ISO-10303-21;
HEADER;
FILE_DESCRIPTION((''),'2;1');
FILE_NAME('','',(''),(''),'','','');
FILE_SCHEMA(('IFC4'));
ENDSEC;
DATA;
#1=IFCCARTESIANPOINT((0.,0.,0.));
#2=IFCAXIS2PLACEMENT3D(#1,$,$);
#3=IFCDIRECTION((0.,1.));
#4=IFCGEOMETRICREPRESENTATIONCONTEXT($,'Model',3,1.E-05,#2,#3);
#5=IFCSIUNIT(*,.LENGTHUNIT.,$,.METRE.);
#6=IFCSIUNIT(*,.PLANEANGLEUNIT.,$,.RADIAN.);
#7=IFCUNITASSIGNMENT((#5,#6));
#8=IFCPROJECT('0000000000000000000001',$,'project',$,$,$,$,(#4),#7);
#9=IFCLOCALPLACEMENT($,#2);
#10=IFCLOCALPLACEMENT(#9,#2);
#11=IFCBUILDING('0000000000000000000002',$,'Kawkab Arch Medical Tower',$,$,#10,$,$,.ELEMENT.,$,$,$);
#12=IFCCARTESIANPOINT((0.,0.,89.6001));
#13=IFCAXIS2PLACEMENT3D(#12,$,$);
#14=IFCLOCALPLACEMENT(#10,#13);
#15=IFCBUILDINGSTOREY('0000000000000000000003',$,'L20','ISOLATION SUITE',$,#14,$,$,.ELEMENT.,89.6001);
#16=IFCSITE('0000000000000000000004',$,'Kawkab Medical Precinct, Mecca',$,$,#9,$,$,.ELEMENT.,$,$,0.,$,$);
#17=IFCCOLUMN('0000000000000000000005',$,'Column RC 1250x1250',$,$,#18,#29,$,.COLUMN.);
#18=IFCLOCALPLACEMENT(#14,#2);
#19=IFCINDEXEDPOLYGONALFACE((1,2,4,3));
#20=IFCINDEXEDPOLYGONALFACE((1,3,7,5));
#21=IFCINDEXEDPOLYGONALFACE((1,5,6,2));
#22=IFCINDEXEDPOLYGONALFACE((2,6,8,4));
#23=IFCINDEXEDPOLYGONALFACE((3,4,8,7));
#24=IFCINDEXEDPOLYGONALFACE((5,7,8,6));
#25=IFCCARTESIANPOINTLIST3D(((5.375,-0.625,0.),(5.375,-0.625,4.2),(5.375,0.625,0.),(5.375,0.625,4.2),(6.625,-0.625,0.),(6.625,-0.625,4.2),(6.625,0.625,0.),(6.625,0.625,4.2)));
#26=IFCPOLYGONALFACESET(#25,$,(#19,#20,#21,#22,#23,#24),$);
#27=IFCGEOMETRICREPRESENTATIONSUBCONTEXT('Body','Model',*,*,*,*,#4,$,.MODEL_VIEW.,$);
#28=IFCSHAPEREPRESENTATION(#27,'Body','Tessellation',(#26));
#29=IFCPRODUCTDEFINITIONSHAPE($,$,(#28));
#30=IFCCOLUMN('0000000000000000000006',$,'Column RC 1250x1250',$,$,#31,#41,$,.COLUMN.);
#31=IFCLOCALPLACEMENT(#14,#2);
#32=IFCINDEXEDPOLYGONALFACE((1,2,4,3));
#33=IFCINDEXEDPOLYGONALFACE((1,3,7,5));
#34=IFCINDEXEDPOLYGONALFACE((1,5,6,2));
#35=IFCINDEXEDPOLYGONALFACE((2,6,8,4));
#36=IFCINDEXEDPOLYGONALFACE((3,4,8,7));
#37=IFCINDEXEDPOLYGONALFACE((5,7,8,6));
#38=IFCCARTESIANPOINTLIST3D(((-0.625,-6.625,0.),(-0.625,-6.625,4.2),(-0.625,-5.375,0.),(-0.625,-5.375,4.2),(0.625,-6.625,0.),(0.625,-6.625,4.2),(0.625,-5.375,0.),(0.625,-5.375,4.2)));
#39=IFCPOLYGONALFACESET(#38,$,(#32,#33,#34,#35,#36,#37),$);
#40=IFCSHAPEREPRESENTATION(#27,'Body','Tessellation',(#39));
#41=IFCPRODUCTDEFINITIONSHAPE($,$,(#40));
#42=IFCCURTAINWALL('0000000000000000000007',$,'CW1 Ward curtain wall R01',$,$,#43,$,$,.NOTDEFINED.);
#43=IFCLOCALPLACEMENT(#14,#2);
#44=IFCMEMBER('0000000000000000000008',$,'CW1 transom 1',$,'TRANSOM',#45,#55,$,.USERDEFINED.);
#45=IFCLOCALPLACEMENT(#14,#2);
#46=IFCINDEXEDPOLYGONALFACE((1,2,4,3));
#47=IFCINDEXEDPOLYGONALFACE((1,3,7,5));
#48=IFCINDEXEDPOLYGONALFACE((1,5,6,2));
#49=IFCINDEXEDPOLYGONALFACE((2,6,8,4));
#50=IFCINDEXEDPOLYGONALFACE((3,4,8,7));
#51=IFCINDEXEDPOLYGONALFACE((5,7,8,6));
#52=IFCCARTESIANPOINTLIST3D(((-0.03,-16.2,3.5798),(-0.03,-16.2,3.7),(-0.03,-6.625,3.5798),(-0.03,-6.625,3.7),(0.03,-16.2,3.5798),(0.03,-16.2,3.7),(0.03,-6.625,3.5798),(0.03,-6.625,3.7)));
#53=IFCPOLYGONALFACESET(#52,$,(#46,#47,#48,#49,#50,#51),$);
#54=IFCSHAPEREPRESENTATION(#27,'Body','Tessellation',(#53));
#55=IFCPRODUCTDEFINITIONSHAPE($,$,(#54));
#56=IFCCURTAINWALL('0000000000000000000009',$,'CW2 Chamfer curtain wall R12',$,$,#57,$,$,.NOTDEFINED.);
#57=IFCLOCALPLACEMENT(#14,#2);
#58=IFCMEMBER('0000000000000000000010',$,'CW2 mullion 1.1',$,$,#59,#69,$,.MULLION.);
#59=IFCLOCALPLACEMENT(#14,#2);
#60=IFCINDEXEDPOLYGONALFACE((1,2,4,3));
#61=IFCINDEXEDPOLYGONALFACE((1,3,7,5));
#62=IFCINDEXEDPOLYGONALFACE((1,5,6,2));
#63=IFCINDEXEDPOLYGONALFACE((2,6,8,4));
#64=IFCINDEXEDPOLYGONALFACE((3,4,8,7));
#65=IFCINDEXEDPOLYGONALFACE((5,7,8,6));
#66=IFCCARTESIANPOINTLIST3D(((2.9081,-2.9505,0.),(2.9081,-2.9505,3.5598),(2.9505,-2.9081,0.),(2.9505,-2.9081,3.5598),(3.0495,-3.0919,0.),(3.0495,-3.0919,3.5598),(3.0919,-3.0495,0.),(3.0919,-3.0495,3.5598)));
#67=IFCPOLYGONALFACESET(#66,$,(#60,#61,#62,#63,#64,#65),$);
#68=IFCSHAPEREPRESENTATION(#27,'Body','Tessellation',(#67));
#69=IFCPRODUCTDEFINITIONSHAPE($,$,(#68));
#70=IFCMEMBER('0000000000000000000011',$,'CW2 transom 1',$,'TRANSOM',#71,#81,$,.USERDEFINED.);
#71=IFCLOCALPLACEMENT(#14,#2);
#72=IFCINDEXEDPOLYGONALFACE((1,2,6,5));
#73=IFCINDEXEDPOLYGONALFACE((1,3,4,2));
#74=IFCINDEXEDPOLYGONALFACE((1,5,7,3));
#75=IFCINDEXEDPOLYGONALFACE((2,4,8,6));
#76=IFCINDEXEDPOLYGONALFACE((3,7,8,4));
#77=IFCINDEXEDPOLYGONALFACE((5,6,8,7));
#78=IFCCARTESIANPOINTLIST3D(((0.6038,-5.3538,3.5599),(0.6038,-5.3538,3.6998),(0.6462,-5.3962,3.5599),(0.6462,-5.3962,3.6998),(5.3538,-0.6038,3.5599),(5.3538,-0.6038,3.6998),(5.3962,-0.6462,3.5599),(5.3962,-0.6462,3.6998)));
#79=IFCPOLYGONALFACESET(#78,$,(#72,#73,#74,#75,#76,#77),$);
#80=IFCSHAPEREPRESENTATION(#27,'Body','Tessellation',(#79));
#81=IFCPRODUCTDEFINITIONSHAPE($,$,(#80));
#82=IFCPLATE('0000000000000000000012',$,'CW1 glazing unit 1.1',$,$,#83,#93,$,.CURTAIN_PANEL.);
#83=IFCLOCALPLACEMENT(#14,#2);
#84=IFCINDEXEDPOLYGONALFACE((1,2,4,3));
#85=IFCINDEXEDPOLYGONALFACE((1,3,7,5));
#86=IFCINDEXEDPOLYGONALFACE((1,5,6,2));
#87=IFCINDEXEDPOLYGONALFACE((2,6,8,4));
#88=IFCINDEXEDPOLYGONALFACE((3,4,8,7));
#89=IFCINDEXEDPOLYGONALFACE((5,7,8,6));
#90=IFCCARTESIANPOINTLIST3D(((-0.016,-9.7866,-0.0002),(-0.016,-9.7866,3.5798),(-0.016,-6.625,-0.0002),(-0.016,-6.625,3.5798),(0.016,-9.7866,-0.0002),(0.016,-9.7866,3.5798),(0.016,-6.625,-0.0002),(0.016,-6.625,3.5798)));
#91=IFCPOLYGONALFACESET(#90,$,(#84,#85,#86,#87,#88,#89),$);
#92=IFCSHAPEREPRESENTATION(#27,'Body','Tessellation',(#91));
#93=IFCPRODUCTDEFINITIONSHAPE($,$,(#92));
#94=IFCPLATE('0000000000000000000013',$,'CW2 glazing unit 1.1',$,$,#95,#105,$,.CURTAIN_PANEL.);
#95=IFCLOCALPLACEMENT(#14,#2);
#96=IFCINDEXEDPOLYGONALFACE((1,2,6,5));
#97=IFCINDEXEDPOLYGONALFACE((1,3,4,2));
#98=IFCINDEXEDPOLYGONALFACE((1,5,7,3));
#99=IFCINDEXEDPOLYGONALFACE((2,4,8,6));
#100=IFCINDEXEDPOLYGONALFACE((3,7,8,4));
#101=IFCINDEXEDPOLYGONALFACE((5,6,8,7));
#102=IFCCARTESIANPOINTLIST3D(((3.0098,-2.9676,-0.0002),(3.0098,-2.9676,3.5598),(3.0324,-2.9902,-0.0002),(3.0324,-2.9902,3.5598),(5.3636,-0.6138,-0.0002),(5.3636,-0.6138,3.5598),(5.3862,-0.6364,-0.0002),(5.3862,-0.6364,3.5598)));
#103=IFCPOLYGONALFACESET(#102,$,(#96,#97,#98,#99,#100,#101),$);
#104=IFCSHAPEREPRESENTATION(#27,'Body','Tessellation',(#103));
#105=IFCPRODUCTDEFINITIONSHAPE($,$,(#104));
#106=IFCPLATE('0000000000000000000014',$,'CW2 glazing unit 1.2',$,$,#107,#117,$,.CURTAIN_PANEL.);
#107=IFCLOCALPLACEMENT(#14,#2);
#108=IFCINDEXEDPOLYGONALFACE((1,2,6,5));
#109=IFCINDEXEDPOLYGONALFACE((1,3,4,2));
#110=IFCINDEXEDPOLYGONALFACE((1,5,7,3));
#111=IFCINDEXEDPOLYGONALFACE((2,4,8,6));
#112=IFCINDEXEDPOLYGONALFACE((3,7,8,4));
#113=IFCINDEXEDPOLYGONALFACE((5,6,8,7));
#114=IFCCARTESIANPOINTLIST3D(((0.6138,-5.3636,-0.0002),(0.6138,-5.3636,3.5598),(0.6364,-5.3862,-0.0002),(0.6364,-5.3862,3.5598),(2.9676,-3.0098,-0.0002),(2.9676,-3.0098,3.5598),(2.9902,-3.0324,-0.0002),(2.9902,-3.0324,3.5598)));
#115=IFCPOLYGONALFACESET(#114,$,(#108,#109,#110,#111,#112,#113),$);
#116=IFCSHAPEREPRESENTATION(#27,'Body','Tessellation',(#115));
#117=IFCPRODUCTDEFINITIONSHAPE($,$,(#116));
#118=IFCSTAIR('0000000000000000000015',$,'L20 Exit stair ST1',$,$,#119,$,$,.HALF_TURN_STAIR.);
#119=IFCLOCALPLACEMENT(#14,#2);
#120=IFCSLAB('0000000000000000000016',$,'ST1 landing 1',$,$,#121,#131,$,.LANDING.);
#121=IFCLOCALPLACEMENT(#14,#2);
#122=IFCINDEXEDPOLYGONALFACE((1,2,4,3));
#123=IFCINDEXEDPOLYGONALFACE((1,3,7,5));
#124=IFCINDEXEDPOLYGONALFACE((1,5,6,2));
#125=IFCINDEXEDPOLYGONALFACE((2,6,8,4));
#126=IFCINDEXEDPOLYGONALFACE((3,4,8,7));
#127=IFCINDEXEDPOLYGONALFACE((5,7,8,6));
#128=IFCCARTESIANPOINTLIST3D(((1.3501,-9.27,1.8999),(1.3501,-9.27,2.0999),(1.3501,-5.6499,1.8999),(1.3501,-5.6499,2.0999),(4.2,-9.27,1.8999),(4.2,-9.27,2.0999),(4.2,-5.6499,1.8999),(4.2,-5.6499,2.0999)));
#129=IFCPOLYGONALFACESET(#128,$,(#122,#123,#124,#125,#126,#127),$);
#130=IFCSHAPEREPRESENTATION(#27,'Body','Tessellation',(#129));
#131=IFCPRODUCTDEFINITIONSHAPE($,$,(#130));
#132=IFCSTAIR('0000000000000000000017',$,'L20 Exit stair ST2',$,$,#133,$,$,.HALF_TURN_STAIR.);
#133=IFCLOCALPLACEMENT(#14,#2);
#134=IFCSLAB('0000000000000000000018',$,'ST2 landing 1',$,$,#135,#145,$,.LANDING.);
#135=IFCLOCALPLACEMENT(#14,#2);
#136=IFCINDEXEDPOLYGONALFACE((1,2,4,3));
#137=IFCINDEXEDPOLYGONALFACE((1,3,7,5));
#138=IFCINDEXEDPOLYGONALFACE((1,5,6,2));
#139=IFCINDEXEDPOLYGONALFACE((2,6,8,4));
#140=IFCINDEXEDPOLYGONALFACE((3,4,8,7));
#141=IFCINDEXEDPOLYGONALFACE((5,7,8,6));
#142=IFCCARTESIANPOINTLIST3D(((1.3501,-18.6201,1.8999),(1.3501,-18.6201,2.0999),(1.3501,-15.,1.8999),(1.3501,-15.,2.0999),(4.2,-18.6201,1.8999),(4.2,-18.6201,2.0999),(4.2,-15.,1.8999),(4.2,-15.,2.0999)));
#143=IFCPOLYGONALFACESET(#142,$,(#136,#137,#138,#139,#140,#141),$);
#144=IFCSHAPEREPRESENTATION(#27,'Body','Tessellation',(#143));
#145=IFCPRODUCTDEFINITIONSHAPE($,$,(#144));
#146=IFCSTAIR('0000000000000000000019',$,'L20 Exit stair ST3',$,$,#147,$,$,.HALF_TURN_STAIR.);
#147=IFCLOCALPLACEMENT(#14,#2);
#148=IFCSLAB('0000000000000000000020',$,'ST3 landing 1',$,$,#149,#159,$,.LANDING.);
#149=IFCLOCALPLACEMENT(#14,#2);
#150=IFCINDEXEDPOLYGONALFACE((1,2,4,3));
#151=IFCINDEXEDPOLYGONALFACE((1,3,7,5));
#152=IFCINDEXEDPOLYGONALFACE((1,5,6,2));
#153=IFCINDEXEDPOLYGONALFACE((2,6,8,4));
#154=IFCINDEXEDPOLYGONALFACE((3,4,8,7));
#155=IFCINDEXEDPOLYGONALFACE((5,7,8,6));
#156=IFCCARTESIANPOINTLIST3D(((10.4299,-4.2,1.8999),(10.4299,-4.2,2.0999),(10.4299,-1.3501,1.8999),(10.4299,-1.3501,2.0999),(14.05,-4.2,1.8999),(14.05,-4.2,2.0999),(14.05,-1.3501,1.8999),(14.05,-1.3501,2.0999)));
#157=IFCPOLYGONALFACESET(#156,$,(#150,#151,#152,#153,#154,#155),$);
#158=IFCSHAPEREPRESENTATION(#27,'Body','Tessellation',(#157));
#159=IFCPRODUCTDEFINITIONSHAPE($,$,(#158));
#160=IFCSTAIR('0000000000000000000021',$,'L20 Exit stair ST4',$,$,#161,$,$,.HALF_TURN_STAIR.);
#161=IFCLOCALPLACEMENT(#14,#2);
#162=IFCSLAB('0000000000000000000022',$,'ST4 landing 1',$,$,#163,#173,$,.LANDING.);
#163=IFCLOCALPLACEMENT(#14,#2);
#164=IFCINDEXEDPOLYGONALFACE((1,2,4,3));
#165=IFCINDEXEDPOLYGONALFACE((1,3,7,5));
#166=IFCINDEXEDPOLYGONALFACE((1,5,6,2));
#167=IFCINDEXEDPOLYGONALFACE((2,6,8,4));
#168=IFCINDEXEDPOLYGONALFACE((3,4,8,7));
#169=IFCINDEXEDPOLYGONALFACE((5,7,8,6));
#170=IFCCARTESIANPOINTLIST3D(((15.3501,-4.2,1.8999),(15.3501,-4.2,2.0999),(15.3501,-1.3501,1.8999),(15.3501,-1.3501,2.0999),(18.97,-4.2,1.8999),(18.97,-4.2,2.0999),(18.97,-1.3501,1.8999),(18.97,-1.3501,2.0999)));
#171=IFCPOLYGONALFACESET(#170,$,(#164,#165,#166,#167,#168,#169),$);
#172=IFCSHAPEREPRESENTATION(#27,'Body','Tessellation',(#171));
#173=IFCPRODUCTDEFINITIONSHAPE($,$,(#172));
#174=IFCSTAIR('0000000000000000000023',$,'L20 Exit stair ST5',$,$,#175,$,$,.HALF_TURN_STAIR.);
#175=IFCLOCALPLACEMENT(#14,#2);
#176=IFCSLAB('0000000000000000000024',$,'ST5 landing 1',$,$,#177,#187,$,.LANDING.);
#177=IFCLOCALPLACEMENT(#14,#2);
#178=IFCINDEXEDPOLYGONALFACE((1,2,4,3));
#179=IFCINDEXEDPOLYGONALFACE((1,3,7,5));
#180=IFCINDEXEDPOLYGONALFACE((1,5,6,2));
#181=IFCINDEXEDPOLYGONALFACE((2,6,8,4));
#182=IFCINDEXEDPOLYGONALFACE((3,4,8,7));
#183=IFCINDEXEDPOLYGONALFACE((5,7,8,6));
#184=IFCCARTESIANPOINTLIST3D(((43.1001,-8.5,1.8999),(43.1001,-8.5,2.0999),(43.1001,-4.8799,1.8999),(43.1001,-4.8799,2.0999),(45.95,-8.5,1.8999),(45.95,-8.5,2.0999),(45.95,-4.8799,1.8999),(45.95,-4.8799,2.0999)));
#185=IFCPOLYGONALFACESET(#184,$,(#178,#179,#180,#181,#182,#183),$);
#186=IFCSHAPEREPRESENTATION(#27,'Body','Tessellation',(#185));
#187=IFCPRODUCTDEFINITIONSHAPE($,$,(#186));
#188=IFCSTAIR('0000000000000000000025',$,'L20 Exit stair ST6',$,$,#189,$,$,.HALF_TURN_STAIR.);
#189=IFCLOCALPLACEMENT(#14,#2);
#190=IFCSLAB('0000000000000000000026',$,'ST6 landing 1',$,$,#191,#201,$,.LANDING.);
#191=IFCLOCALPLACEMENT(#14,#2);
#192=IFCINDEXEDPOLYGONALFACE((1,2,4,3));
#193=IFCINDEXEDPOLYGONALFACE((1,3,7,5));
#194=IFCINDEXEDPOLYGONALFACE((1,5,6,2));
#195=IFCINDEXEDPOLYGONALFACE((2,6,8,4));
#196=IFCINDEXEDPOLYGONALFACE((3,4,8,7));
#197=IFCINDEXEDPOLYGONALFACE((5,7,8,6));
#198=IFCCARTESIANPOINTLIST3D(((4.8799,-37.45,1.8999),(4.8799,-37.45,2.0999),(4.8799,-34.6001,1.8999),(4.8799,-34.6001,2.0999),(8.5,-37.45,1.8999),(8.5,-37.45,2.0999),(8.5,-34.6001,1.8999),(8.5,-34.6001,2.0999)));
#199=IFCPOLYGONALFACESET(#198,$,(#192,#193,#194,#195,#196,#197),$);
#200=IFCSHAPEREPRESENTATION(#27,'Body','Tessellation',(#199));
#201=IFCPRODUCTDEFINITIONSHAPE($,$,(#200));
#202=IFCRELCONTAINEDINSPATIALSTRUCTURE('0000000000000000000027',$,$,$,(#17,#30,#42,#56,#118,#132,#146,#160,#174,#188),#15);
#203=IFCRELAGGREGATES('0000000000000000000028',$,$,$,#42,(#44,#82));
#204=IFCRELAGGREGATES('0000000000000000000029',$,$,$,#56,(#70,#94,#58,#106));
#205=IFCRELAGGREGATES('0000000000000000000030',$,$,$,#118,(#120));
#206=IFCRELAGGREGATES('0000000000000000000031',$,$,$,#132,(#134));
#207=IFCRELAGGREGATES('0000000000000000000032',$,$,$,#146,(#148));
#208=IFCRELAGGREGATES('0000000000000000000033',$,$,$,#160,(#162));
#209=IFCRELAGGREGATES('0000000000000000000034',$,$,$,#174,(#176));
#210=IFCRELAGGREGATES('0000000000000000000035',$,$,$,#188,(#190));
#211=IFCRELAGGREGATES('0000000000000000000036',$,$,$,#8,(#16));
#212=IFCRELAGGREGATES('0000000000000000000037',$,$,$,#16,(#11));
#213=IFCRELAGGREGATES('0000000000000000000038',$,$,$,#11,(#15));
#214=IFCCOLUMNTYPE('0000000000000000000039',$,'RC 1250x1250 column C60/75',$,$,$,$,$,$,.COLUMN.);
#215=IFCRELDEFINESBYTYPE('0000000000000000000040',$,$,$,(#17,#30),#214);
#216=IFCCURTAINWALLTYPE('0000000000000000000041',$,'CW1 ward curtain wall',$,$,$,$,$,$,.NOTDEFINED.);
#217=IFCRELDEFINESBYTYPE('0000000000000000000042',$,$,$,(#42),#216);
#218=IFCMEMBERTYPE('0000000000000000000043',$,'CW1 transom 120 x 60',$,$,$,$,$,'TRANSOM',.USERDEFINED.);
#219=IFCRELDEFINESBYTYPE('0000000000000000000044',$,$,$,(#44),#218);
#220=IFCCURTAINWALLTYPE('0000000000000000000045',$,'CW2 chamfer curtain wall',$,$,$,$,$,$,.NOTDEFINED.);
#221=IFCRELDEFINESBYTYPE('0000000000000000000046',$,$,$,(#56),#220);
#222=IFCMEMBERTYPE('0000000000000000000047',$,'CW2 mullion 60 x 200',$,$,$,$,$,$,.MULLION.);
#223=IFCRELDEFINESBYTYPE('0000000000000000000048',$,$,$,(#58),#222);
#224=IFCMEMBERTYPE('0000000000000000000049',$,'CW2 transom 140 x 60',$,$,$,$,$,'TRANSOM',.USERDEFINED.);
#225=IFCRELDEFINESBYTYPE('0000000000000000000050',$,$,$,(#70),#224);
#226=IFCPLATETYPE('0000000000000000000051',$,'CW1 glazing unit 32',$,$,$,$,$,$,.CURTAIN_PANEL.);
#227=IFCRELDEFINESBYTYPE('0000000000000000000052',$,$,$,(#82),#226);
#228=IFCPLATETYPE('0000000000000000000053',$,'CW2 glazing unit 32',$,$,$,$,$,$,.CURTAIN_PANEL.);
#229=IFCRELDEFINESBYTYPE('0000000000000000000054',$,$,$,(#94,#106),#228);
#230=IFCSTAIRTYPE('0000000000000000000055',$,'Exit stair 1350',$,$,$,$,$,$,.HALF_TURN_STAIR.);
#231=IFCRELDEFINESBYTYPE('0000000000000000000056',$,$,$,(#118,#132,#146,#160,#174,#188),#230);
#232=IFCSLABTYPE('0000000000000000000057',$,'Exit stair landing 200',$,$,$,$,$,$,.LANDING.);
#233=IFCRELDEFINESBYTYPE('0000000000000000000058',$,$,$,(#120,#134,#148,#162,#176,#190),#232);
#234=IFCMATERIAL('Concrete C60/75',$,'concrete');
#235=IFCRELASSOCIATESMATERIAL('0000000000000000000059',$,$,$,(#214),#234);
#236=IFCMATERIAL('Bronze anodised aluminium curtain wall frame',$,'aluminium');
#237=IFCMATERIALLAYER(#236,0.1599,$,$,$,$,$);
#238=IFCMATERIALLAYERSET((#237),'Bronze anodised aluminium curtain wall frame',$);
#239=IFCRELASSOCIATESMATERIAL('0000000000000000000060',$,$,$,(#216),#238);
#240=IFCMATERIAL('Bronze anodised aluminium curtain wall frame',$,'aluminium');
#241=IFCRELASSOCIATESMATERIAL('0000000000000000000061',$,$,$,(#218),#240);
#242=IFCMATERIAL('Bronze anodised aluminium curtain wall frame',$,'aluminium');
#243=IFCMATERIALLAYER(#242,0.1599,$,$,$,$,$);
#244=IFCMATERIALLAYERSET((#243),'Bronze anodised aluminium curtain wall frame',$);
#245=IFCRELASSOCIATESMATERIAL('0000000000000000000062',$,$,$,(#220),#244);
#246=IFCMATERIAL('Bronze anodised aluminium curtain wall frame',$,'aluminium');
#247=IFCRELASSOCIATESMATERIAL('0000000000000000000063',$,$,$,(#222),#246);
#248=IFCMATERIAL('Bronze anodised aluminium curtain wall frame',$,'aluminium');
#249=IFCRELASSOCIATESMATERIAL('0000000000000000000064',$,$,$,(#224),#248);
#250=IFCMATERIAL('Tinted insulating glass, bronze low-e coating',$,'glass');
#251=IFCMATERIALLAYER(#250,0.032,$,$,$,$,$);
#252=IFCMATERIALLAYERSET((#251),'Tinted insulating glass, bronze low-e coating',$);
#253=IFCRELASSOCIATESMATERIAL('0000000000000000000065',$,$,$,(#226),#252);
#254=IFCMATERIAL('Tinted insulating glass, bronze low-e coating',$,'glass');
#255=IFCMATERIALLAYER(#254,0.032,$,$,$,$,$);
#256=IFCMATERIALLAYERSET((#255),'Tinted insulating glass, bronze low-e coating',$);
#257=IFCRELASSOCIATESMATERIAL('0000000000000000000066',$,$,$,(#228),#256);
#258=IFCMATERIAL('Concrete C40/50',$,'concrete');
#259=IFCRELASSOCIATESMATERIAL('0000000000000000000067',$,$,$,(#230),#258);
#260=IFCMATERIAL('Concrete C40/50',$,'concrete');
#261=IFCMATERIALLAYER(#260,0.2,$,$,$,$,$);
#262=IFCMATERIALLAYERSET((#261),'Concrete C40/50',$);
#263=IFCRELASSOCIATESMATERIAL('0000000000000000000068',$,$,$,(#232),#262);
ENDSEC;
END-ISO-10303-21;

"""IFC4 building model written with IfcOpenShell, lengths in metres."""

from ifc_helpers import new_model, si_unit, direction, frame, origin, origin_2d, place, context, subcontext, project, spatial, polyline, rectangle, outline, extrude, material, layer, layer_set, material_profile, profile_set, type_object, element, aggregate, save


model = new_model("IFC4")

# Units and contexts
model_context = context("Model", 3, precision=1e-05, world=origin(), true_north=direction((0.0, 1.0)))
body_context = subcontext(model_context, "Body", "Model", "MODEL_VIEW")
ifc_project = project(units=[si_unit("LENGTHUNIT", "METRE"), si_unit("PLANEANGLEUNIT", "RADIAN")], contexts=[model_context])

# Site, building, storey
site_placement = place(None, origin())
site = spatial("IfcSite", under=ifc_project, at=site_placement, Name="Kawkab Medical Precinct, Mecca", CompositionType="ELEMENT", RefElevation=0.0)
building_placement = place(site_placement, origin())
building = spatial("IfcBuilding", under=site, at=building_placement, Name="Kawkab Arch Medical Tower", CompositionType="ELEMENT")
storey_placement = place(building_placement, frame((0.0, 0.0, 89.6001)))
storey = spatial("IfcBuildingStorey", under=building, at=storey_placement, Name="L20", Description="ISOLATION SUITE", CompositionType="ELEMENT", Elevation=89.6001)

# Columns
ifc_material_1 = material(Name="Concrete C60/75", Category="concrete")
ifc_material_profile_1 = material_profile(ifc_material_1, rectangle(XDim=1.25, YDim=1.25, at=origin_2d()), Name="RC 1250x1250")
ifc_profile_set_1 = profile_set([ifc_material_profile_1], Name="Concrete C60/75")
column_type = type_object("IfcColumnType", Name="RC 1250x1250 column C60/75", PredefinedType="COLUMN", material=ifc_profile_set_1)
for number, where, z_axis, x_axis, name in (
    (1, (6.0, 0.0, 0.0), (0.0, 0.0, 1.0), (1.0, 0.0, 0.0), "Column RC 1250x1250"),
    (2, (0.0, -6.0, 0.0), (0.0, 0.0, 1.0), (1.0, 0.0, 0.0), "Column RC 1250x1250"),
):
    element("IfcColumn", number, at=place(storey_placement, frame(where, z_axis=z_axis, x_axis=x_axis)), inside=storey, type_object=column_type, Name=name, PredefinedType="COLUMN", context=body_context, shape_type="SweptSolid", body=[
        extrude(rectangle(XDim=1.25, YDim=1.25, at=origin_2d()), origin(), (0.0, 0.0, 1.0), 4.2),
    ])

# Curtain wall, member
ifc_material_2 = material(Name="Bronze anodised aluminium curtain wall frame", Category="aluminium")
ifc_layer_1 = layer(ifc_material_2, 0.1599)
ifc_layer_set_1 = layer_set([ifc_layer_1], Name="Bronze anodised aluminium curtain wall frame")
curtain_wall_type_1 = type_object("IfcCurtainWallType", Name="CW1 ward curtain wall", PredefinedType="NOTDEFINED", material=ifc_layer_set_1)
placement_1 = place(storey_placement, origin())
curtain_wall_1 = element("IfcCurtainWall", 3, at=placement_1, inside=storey, type_object=curtain_wall_type_1, Name="CW1 Ward curtain wall R01", PredefinedType="NOTDEFINED")
ifc_material_3 = material(Name="Bronze anodised aluminium curtain wall frame", Category="aluminium")
ifc_material_profile_2 = material_profile(ifc_material_3, rectangle(XDim=0.0601, YDim=0.1201, at=origin_2d()), Name="AL 60x120")
ifc_profile_set_2 = profile_set([ifc_material_profile_2], Name="Bronze anodised aluminium curtain wall frame")
member_type_1 = type_object("IfcMemberType", Name="CW1 transom 120 x 60", ElementType="TRANSOM", PredefinedType="USERDEFINED", material=ifc_profile_set_2)
member_1_placement = place(storey_placement, frame((0.0, -6.625, 3.6399), z_axis=(0.0, -1.0, 0.0), x_axis=(1.0, 0.0, 0.0)))
member_1 = element("IfcMember", 4, at=member_1_placement, type_object=member_type_1, Name="CW1 transom 1", ObjectType="TRANSOM", PredefinedType="USERDEFINED", context=body_context, shape_type="SweptSolid", body=[
    extrude(rectangle(XDim=0.0601, YDim=0.1201, at=origin_2d()), origin(), (0.0, 0.0, 1.0), 9.575),
])

# Curtain wall, members
ifc_material_4 = material(Name="Bronze anodised aluminium curtain wall frame", Category="aluminium")
ifc_layer_2 = layer(ifc_material_4, 0.1599)
ifc_layer_set_2 = layer_set([ifc_layer_2], Name="Bronze anodised aluminium curtain wall frame")
curtain_wall_type_2 = type_object("IfcCurtainWallType", Name="CW2 chamfer curtain wall", PredefinedType="NOTDEFINED", material=ifc_layer_set_2)
curtain_wall_2 = element("IfcCurtainWall", 5, at=placement_1, inside=storey, type_object=curtain_wall_type_2, Name="CW2 Chamfer curtain wall R12", PredefinedType="NOTDEFINED")
ifc_material_5 = material(Name="Bronze anodised aluminium curtain wall frame", Category="aluminium")
ifc_material_profile_3 = material_profile(ifc_material_5, rectangle(XDim=0.2, YDim=0.0601, at=origin_2d()), Name="AL 60x200")
ifc_profile_set_3 = profile_set([ifc_material_profile_3], Name="Bronze anodised aluminium curtain wall frame")
member_type_2 = type_object("IfcMemberType", Name="CW2 mullion 60 x 200", PredefinedType="MULLION", material=ifc_profile_set_3)
member_2_placement = place(storey_placement, frame((3.0, -3.0, 0.0), z_axis=(0.0, 0.0, 1.0), x_axis=(0.707107, -0.707107, 0.0)))
member_2 = element("IfcMember", 6, at=member_2_placement, type_object=member_type_2, Name="CW2 mullion 1.1", PredefinedType="MULLION", context=body_context, shape_type="SweptSolid", body=[
    extrude(rectangle(XDim=0.2, YDim=0.0601, at=origin_2d()), origin(), (0.0, 0.0, 1.0), 3.5598),
])
ifc_material_6 = material(Name="Bronze anodised aluminium curtain wall frame", Category="aluminium")
ifc_material_profile_4 = material_profile(ifc_material_6, rectangle(XDim=0.0601, YDim=0.1399, at=origin_2d()), Name="AL 60x140")
ifc_profile_set_4 = profile_set([ifc_material_profile_4], Name="Bronze anodised aluminium curtain wall frame")
member_type_3 = type_object("IfcMemberType", Name="CW2 transom 140 x 60", ElementType="TRANSOM", PredefinedType="USERDEFINED", material=ifc_profile_set_4)
member_3_placement = place(storey_placement, frame((5.375, -0.625, 3.6299), z_axis=(-0.707107, -0.707107, 0.0), x_axis=(0.707107, -0.707107, 0.0)))
member_3 = element("IfcMember", 7, at=member_3_placement, type_object=member_type_3, Name="CW2 transom 1", ObjectType="TRANSOM", PredefinedType="USERDEFINED", context=body_context, shape_type="SweptSolid", body=[
    extrude(rectangle(XDim=0.0601, YDim=0.1399, at=origin_2d()), origin(), (0.0, 0.0, 1.0), 6.7175),
])

# Plates
ifc_material_7 = material(Name="Tinted insulating glass, bronze low-e coating", Category="glass")
ifc_layer_3 = layer(ifc_material_7, 0.032)
ifc_layer_set_3 = layer_set([ifc_layer_3], Name="Tinted insulating glass, bronze low-e coating")
plate_type_1 = type_object("IfcPlateType", Name="CW1 glazing unit 32", PredefinedType="CURTAIN_PANEL", material=ifc_layer_set_3)
plate_1_placement = place(storey_placement, frame((0.0, -8.2058, -0.0002), z_axis=(0.0, 0.0, 1.0), x_axis=(0.0, -1.0, 0.0)))
plate_1 = element("IfcPlate", 8, at=plate_1_placement, type_object=plate_type_1, Name="CW1 glazing unit 1.1", PredefinedType="CURTAIN_PANEL", context=body_context, shape_type="SweptSolid", body=[
    extrude(rectangle(XDim=3.1616, YDim=0.032, at=origin_2d()), origin(), (0.0, 0.0, 1.0), 3.5801),
])
aggregate(curtain_wall_1, [member_1, plate_1])
ifc_material_8 = material(Name="Tinted insulating glass, bronze low-e coating", Category="glass")
ifc_layer_4 = layer(ifc_material_8, 0.032)
ifc_layer_set_4 = layer_set([ifc_layer_4], Name="Tinted insulating glass, bronze low-e coating")
plate_type_2 = type_object("IfcPlateType", Name="CW2 glazing unit 32", PredefinedType="CURTAIN_PANEL", material=ifc_layer_set_4)
plate_2_placement = place(storey_placement, frame((4.198, -1.802, -0.0002), z_axis=(0.0, 0.0, 1.0), x_axis=(-0.707107, -0.707107, 0.0)))
plate_2 = element("IfcPlate", 9, at=plate_2_placement, type_object=plate_type_2, Name="CW2 glazing unit 1.1", PredefinedType="CURTAIN_PANEL", context=body_context, shape_type="SweptSolid", body=[
    extrude(rectangle(XDim=3.3289, YDim=0.032, at=origin_2d()), origin(), (0.0, 0.0, 1.0), 3.5601),
])
plate_3_placement = place(storey_placement, frame((1.802, -4.198, -0.0002), z_axis=(0.0, 0.0, 1.0), x_axis=(-0.707107, -0.707107, 0.0)))
plate_3 = element("IfcPlate", 10, at=plate_3_placement, type_object=plate_type_2, Name="CW2 glazing unit 1.2", PredefinedType="CURTAIN_PANEL", context=body_context, shape_type="SweptSolid", body=[
    extrude(rectangle(XDim=3.3289, YDim=0.032, at=origin_2d()), origin(), (0.0, 0.0, 1.0), 3.5601),
])
aggregate(curtain_wall_2, [member_3, plate_2, member_2, plate_3])

# Stairs, slabs
ifc_material_9 = material(Name="Concrete C40/50", Category="concrete")
stair_type = type_object("IfcStairType", Name="Exit stair 1350", PredefinedType="HALF_TURN_STAIR", material=ifc_material_9)
stair_1 = element("IfcStair", 11, at=placement_1, inside=storey, type_object=stair_type, Name="L20 Exit stair ST1", PredefinedType="HALF_TURN_STAIR")
ifc_material_10 = material(Name="Concrete C40/50", Category="concrete")
ifc_layer_5 = layer(ifc_material_10, 0.2)
ifc_layer_set_5 = layer_set([ifc_layer_5], Name="Concrete C40/50")
slab_type_1 = type_object("IfcSlabType", Name="Exit stair landing 200", PredefinedType="LANDING", material=ifc_layer_set_5)
placement_2 = place(storey_placement, frame((0.0, 0.0, 1.8999)))
slab_1 = element("IfcSlab", 12, at=placement_2, type_object=slab_type_1, Name="ST1 landing 1", PredefinedType="LANDING", context=body_context, shape_type="SweptSolid", body=[
    extrude(outline(polyline([(4.2, -9.27), (4.2, -5.6499), (1.3501, -5.6499), (1.3501, -9.27), (4.2, -9.27)])), origin(), (0.0, 0.0, 1.0), 0.2),
])
aggregate(stair_1, [slab_1])
stair_2 = element("IfcStair", 13, at=placement_1, inside=storey, type_object=stair_type, Name="L20 Exit stair ST2", PredefinedType="HALF_TURN_STAIR")
slab_2 = element("IfcSlab", 14, at=placement_2, type_object=slab_type_1, Name="ST2 landing 1", PredefinedType="LANDING", context=body_context, shape_type="SweptSolid", body=[
    extrude(outline(polyline([(4.2, -18.6201), (4.2, -15.0), (1.3501, -15.0), (1.3501, -18.6201), (4.2, -18.6201)])), origin(), (0.0, 0.0, 1.0), 0.2),
])
aggregate(stair_2, [slab_2])
stair_3 = element("IfcStair", 15, at=placement_1, inside=storey, type_object=stair_type, Name="L20 Exit stair ST3", PredefinedType="HALF_TURN_STAIR")
slab_3 = element("IfcSlab", 16, at=placement_2, type_object=slab_type_1, Name="ST3 landing 1", PredefinedType="LANDING", context=body_context, shape_type="SweptSolid", body=[
    extrude(outline(polyline([(10.4299, -4.2), (14.05, -4.2), (14.05, -1.3501), (10.4299, -1.3501), (10.4299, -4.2)])), origin(), (0.0, 0.0, 1.0), 0.2),
])
aggregate(stair_3, [slab_3])
stair_4 = element("IfcStair", 17, at=placement_1, inside=storey, type_object=stair_type, Name="L20 Exit stair ST4", PredefinedType="HALF_TURN_STAIR")
slab_4 = element("IfcSlab", 18, at=placement_2, type_object=slab_type_1, Name="ST4 landing 1", PredefinedType="LANDING", context=body_context, shape_type="SweptSolid", body=[
    extrude(outline(polyline([(18.97, -1.3501), (15.3501, -1.3501), (15.3501, -4.2), (18.97, -4.2), (18.97, -1.3501)])), origin(), (0.0, 0.0, 1.0), 0.2),
])
aggregate(stair_4, [slab_4])
stair_5 = element("IfcStair", 19, at=placement_1, inside=storey, type_object=stair_type, Name="L20 Exit stair ST5", PredefinedType="HALF_TURN_STAIR")
slab_5 = element("IfcSlab", 20, at=placement_2, type_object=slab_type_1, Name="ST5 landing 1", PredefinedType="LANDING", context=body_context, shape_type="SweptSolid", body=[
    extrude(outline(polyline([(43.1001, -4.8799), (43.1001, -8.5), (45.95, -8.5), (45.95, -4.8799), (43.1001, -4.8799)])), origin(), (0.0, 0.0, 1.0), 0.2),
])
aggregate(stair_5, [slab_5])
stair_6 = element("IfcStair", 21, at=placement_1, inside=storey, type_object=stair_type, Name="L20 Exit stair ST6", PredefinedType="HALF_TURN_STAIR")
slab_6 = element("IfcSlab", 22, at=placement_2, type_object=slab_type_1, Name="ST6 landing 1", PredefinedType="LANDING", context=body_context, shape_type="SweptSolid", body=[
    extrude(outline(polyline([(4.8799, -37.45), (8.5, -37.45), (8.5, -34.6001), (4.8799, -34.6001), (4.8799, -37.45)])), origin(), (0.0, 0.0, 1.0), 0.2),
])
aggregate(stair_6, [slab_6])

save(model, "model.ifc")
